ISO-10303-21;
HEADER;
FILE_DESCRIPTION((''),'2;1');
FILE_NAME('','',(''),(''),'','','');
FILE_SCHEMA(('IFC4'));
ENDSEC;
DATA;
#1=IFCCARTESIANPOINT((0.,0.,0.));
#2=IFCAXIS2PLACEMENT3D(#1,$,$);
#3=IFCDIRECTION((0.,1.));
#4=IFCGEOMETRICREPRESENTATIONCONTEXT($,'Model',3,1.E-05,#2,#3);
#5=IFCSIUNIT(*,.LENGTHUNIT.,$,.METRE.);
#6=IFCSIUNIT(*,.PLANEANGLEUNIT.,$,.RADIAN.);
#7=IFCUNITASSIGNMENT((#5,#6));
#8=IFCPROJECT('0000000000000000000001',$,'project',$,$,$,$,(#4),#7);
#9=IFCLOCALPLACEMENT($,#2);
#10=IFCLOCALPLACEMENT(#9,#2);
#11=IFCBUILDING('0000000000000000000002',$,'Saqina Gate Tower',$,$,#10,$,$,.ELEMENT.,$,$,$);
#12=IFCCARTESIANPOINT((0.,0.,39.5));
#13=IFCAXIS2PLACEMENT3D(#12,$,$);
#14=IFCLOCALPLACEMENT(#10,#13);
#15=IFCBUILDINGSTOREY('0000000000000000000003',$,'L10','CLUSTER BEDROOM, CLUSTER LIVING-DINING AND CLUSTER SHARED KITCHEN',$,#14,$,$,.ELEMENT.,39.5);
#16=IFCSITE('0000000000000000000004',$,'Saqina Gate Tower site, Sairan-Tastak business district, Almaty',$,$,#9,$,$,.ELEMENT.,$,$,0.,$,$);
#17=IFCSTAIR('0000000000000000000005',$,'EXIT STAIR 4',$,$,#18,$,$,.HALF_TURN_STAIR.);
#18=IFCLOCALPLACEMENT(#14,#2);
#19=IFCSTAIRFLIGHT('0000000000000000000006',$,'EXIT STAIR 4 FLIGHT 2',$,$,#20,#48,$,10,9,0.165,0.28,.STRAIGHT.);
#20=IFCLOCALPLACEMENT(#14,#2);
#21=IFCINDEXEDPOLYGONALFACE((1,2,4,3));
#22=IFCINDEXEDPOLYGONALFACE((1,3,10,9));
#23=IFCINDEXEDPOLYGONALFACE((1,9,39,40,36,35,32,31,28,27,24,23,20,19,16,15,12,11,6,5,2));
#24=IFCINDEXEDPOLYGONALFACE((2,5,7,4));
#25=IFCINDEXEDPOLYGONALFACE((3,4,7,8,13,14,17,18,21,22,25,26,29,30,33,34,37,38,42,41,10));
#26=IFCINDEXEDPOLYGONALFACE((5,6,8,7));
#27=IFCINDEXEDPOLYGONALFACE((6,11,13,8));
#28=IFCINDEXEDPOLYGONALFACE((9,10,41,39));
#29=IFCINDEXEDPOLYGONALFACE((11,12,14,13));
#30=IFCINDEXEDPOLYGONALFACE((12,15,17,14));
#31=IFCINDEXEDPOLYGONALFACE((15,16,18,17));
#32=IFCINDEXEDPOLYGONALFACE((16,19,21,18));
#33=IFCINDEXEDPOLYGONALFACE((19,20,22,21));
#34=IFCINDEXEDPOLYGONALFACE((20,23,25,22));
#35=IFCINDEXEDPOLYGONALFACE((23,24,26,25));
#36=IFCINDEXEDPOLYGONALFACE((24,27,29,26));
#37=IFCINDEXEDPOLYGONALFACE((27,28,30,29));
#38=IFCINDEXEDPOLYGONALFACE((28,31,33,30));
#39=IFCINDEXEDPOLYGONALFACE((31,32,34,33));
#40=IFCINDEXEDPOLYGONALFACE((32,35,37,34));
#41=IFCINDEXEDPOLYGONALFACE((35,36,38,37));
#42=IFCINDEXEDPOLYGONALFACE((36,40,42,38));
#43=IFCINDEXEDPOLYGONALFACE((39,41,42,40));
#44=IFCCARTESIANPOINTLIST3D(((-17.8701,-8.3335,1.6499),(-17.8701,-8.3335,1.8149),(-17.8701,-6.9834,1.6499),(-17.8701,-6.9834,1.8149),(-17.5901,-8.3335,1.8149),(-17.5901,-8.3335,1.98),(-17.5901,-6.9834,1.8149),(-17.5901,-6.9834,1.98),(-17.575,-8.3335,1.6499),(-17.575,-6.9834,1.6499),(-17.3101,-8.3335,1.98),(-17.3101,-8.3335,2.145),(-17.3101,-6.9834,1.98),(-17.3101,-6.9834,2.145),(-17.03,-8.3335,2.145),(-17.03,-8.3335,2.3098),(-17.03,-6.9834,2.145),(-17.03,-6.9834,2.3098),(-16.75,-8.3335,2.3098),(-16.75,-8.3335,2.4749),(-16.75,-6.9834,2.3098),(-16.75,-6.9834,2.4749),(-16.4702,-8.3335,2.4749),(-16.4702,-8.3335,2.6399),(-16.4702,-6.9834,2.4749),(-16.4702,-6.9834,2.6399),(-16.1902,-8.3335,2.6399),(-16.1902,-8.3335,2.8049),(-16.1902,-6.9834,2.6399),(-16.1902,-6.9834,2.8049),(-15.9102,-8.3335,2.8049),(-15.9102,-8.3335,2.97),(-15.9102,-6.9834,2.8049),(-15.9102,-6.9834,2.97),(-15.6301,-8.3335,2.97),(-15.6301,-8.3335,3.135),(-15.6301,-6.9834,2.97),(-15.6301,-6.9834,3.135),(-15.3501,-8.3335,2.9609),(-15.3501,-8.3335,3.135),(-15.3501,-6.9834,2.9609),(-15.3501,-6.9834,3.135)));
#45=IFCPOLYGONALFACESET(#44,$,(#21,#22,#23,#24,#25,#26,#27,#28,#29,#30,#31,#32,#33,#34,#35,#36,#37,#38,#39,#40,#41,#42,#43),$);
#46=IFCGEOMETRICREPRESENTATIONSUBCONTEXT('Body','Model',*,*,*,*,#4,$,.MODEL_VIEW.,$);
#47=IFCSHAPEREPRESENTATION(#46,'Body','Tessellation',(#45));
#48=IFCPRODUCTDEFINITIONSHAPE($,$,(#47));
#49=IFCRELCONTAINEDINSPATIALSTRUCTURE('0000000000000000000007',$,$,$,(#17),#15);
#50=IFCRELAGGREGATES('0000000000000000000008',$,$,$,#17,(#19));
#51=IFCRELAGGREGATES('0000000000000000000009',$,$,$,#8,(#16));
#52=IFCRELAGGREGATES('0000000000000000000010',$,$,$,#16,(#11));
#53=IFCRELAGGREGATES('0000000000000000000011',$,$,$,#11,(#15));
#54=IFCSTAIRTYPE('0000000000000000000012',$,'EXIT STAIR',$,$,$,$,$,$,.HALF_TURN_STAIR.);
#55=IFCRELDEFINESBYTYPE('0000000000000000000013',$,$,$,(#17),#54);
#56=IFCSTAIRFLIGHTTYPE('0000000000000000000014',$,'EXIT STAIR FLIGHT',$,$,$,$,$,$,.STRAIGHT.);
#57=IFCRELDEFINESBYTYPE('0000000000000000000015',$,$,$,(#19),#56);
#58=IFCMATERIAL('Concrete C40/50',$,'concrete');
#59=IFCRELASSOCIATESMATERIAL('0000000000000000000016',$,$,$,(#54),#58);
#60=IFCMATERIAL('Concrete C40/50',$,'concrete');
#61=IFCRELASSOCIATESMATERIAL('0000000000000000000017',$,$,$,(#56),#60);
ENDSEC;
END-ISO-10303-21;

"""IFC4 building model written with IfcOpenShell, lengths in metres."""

from ifc_helpers import new_model, si_unit, direction, frame, origin, place, context, subcontext, project, spatial, polyline, outline, extrude, material, type_object, element, aggregate, save


model = new_model("IFC4")

# Units and contexts
model_context = context("Model", 3, precision=1e-05, world=origin(), true_north=direction((0.0, 1.0)))
body_context = subcontext(model_context, "Body", "Model", "MODEL_VIEW")
ifc_project = project(units=[si_unit("LENGTHUNIT", "METRE"), si_unit("PLANEANGLEUNIT", "RADIAN")], contexts=[model_context])

# Site, building, storey
site_placement = place(None, origin())
site = spatial("IfcSite", under=ifc_project, at=site_placement, Name="Saqina Gate Tower site, Sairan-Tastak business district, Almaty", CompositionType="ELEMENT", RefElevation=0.0)
building_placement = place(site_placement, origin())
building = spatial("IfcBuilding", under=site, at=building_placement, Name="Saqina Gate Tower", CompositionType="ELEMENT")
storey_placement = place(building_placement, frame((0.0, 0.0, 39.5)))
storey = spatial("IfcBuildingStorey", under=building, at=storey_placement, Name="L10", Description="CLUSTER BEDROOM, CLUSTER LIVING-DINING AND CLUSTER SHARED KITCHEN", CompositionType="ELEMENT", Elevation=39.5)

# Stair, stair flight
ifc_material_1 = material(Name="Concrete C40/50", Category="concrete")
stair_type = type_object("IfcStairType", Name="EXIT STAIR", PredefinedType="HALF_TURN_STAIR", material=ifc_material_1)
stair_placement = place(storey_placement, origin())
stair = element("IfcStair", 1, at=stair_placement, inside=storey, type_object=stair_type, Name="EXIT STAIR 4", PredefinedType="HALF_TURN_STAIR")
ifc_material_2 = material(Name="Concrete C40/50", Category="concrete")
stair_flight_type = type_object("IfcStairFlightType", Name="EXIT STAIR FLIGHT", PredefinedType="STRAIGHT", material=ifc_material_2)
stair_flight_1_placement = place(storey_placement, frame((-17.8701, -7.6584, 1.6499), z_axis=(0.0, 0.0, 1.0), x_axis=(1.0, 0.0, 0.0)))
stair_flight_1 = element("IfcStairFlight", 2, at=stair_flight_1_placement, type_object=stair_flight_type, Name="EXIT STAIR 4 FLIGHT 2", NumberOfRisers=10, NumberOfTreads=9, PredefinedType="STRAIGHT", RiserHeight=0.165, TreadLength=0.28, context=body_context, shape_type="SweptSolid", body=[
    extrude(outline(polyline([(0.0, 0.0), (0.0, 0.165), (0.28, 0.165), (0.28, 0.3301), (0.5601, 0.3301), (0.5601, 0.4951), (0.8401, 0.4951), (0.8401, 0.6599), (1.1201, 0.6599), (1.1201, 0.825), (1.3999, 0.825), (1.3999, 0.99), (1.6799, 0.99), (1.6799, 1.155), (1.96, 1.155), (1.96, 1.3201), (2.24, 1.3201), (2.24, 1.4851), (2.52, 1.4851), (2.52, 1.6499), (2.52, 1.311), (0.2952, 0.0), (0.0, 0.0)])), frame((0.0, 0.675, 0.0), z_axis=(0.0, -1.0, 0.0), x_axis=(1.0, 0.0, 0.0)), (0.0, 0.0, 1.0), 1.3501),
])
aggregate(stair, [stair_flight_1])

save(model, "model.ifc")
